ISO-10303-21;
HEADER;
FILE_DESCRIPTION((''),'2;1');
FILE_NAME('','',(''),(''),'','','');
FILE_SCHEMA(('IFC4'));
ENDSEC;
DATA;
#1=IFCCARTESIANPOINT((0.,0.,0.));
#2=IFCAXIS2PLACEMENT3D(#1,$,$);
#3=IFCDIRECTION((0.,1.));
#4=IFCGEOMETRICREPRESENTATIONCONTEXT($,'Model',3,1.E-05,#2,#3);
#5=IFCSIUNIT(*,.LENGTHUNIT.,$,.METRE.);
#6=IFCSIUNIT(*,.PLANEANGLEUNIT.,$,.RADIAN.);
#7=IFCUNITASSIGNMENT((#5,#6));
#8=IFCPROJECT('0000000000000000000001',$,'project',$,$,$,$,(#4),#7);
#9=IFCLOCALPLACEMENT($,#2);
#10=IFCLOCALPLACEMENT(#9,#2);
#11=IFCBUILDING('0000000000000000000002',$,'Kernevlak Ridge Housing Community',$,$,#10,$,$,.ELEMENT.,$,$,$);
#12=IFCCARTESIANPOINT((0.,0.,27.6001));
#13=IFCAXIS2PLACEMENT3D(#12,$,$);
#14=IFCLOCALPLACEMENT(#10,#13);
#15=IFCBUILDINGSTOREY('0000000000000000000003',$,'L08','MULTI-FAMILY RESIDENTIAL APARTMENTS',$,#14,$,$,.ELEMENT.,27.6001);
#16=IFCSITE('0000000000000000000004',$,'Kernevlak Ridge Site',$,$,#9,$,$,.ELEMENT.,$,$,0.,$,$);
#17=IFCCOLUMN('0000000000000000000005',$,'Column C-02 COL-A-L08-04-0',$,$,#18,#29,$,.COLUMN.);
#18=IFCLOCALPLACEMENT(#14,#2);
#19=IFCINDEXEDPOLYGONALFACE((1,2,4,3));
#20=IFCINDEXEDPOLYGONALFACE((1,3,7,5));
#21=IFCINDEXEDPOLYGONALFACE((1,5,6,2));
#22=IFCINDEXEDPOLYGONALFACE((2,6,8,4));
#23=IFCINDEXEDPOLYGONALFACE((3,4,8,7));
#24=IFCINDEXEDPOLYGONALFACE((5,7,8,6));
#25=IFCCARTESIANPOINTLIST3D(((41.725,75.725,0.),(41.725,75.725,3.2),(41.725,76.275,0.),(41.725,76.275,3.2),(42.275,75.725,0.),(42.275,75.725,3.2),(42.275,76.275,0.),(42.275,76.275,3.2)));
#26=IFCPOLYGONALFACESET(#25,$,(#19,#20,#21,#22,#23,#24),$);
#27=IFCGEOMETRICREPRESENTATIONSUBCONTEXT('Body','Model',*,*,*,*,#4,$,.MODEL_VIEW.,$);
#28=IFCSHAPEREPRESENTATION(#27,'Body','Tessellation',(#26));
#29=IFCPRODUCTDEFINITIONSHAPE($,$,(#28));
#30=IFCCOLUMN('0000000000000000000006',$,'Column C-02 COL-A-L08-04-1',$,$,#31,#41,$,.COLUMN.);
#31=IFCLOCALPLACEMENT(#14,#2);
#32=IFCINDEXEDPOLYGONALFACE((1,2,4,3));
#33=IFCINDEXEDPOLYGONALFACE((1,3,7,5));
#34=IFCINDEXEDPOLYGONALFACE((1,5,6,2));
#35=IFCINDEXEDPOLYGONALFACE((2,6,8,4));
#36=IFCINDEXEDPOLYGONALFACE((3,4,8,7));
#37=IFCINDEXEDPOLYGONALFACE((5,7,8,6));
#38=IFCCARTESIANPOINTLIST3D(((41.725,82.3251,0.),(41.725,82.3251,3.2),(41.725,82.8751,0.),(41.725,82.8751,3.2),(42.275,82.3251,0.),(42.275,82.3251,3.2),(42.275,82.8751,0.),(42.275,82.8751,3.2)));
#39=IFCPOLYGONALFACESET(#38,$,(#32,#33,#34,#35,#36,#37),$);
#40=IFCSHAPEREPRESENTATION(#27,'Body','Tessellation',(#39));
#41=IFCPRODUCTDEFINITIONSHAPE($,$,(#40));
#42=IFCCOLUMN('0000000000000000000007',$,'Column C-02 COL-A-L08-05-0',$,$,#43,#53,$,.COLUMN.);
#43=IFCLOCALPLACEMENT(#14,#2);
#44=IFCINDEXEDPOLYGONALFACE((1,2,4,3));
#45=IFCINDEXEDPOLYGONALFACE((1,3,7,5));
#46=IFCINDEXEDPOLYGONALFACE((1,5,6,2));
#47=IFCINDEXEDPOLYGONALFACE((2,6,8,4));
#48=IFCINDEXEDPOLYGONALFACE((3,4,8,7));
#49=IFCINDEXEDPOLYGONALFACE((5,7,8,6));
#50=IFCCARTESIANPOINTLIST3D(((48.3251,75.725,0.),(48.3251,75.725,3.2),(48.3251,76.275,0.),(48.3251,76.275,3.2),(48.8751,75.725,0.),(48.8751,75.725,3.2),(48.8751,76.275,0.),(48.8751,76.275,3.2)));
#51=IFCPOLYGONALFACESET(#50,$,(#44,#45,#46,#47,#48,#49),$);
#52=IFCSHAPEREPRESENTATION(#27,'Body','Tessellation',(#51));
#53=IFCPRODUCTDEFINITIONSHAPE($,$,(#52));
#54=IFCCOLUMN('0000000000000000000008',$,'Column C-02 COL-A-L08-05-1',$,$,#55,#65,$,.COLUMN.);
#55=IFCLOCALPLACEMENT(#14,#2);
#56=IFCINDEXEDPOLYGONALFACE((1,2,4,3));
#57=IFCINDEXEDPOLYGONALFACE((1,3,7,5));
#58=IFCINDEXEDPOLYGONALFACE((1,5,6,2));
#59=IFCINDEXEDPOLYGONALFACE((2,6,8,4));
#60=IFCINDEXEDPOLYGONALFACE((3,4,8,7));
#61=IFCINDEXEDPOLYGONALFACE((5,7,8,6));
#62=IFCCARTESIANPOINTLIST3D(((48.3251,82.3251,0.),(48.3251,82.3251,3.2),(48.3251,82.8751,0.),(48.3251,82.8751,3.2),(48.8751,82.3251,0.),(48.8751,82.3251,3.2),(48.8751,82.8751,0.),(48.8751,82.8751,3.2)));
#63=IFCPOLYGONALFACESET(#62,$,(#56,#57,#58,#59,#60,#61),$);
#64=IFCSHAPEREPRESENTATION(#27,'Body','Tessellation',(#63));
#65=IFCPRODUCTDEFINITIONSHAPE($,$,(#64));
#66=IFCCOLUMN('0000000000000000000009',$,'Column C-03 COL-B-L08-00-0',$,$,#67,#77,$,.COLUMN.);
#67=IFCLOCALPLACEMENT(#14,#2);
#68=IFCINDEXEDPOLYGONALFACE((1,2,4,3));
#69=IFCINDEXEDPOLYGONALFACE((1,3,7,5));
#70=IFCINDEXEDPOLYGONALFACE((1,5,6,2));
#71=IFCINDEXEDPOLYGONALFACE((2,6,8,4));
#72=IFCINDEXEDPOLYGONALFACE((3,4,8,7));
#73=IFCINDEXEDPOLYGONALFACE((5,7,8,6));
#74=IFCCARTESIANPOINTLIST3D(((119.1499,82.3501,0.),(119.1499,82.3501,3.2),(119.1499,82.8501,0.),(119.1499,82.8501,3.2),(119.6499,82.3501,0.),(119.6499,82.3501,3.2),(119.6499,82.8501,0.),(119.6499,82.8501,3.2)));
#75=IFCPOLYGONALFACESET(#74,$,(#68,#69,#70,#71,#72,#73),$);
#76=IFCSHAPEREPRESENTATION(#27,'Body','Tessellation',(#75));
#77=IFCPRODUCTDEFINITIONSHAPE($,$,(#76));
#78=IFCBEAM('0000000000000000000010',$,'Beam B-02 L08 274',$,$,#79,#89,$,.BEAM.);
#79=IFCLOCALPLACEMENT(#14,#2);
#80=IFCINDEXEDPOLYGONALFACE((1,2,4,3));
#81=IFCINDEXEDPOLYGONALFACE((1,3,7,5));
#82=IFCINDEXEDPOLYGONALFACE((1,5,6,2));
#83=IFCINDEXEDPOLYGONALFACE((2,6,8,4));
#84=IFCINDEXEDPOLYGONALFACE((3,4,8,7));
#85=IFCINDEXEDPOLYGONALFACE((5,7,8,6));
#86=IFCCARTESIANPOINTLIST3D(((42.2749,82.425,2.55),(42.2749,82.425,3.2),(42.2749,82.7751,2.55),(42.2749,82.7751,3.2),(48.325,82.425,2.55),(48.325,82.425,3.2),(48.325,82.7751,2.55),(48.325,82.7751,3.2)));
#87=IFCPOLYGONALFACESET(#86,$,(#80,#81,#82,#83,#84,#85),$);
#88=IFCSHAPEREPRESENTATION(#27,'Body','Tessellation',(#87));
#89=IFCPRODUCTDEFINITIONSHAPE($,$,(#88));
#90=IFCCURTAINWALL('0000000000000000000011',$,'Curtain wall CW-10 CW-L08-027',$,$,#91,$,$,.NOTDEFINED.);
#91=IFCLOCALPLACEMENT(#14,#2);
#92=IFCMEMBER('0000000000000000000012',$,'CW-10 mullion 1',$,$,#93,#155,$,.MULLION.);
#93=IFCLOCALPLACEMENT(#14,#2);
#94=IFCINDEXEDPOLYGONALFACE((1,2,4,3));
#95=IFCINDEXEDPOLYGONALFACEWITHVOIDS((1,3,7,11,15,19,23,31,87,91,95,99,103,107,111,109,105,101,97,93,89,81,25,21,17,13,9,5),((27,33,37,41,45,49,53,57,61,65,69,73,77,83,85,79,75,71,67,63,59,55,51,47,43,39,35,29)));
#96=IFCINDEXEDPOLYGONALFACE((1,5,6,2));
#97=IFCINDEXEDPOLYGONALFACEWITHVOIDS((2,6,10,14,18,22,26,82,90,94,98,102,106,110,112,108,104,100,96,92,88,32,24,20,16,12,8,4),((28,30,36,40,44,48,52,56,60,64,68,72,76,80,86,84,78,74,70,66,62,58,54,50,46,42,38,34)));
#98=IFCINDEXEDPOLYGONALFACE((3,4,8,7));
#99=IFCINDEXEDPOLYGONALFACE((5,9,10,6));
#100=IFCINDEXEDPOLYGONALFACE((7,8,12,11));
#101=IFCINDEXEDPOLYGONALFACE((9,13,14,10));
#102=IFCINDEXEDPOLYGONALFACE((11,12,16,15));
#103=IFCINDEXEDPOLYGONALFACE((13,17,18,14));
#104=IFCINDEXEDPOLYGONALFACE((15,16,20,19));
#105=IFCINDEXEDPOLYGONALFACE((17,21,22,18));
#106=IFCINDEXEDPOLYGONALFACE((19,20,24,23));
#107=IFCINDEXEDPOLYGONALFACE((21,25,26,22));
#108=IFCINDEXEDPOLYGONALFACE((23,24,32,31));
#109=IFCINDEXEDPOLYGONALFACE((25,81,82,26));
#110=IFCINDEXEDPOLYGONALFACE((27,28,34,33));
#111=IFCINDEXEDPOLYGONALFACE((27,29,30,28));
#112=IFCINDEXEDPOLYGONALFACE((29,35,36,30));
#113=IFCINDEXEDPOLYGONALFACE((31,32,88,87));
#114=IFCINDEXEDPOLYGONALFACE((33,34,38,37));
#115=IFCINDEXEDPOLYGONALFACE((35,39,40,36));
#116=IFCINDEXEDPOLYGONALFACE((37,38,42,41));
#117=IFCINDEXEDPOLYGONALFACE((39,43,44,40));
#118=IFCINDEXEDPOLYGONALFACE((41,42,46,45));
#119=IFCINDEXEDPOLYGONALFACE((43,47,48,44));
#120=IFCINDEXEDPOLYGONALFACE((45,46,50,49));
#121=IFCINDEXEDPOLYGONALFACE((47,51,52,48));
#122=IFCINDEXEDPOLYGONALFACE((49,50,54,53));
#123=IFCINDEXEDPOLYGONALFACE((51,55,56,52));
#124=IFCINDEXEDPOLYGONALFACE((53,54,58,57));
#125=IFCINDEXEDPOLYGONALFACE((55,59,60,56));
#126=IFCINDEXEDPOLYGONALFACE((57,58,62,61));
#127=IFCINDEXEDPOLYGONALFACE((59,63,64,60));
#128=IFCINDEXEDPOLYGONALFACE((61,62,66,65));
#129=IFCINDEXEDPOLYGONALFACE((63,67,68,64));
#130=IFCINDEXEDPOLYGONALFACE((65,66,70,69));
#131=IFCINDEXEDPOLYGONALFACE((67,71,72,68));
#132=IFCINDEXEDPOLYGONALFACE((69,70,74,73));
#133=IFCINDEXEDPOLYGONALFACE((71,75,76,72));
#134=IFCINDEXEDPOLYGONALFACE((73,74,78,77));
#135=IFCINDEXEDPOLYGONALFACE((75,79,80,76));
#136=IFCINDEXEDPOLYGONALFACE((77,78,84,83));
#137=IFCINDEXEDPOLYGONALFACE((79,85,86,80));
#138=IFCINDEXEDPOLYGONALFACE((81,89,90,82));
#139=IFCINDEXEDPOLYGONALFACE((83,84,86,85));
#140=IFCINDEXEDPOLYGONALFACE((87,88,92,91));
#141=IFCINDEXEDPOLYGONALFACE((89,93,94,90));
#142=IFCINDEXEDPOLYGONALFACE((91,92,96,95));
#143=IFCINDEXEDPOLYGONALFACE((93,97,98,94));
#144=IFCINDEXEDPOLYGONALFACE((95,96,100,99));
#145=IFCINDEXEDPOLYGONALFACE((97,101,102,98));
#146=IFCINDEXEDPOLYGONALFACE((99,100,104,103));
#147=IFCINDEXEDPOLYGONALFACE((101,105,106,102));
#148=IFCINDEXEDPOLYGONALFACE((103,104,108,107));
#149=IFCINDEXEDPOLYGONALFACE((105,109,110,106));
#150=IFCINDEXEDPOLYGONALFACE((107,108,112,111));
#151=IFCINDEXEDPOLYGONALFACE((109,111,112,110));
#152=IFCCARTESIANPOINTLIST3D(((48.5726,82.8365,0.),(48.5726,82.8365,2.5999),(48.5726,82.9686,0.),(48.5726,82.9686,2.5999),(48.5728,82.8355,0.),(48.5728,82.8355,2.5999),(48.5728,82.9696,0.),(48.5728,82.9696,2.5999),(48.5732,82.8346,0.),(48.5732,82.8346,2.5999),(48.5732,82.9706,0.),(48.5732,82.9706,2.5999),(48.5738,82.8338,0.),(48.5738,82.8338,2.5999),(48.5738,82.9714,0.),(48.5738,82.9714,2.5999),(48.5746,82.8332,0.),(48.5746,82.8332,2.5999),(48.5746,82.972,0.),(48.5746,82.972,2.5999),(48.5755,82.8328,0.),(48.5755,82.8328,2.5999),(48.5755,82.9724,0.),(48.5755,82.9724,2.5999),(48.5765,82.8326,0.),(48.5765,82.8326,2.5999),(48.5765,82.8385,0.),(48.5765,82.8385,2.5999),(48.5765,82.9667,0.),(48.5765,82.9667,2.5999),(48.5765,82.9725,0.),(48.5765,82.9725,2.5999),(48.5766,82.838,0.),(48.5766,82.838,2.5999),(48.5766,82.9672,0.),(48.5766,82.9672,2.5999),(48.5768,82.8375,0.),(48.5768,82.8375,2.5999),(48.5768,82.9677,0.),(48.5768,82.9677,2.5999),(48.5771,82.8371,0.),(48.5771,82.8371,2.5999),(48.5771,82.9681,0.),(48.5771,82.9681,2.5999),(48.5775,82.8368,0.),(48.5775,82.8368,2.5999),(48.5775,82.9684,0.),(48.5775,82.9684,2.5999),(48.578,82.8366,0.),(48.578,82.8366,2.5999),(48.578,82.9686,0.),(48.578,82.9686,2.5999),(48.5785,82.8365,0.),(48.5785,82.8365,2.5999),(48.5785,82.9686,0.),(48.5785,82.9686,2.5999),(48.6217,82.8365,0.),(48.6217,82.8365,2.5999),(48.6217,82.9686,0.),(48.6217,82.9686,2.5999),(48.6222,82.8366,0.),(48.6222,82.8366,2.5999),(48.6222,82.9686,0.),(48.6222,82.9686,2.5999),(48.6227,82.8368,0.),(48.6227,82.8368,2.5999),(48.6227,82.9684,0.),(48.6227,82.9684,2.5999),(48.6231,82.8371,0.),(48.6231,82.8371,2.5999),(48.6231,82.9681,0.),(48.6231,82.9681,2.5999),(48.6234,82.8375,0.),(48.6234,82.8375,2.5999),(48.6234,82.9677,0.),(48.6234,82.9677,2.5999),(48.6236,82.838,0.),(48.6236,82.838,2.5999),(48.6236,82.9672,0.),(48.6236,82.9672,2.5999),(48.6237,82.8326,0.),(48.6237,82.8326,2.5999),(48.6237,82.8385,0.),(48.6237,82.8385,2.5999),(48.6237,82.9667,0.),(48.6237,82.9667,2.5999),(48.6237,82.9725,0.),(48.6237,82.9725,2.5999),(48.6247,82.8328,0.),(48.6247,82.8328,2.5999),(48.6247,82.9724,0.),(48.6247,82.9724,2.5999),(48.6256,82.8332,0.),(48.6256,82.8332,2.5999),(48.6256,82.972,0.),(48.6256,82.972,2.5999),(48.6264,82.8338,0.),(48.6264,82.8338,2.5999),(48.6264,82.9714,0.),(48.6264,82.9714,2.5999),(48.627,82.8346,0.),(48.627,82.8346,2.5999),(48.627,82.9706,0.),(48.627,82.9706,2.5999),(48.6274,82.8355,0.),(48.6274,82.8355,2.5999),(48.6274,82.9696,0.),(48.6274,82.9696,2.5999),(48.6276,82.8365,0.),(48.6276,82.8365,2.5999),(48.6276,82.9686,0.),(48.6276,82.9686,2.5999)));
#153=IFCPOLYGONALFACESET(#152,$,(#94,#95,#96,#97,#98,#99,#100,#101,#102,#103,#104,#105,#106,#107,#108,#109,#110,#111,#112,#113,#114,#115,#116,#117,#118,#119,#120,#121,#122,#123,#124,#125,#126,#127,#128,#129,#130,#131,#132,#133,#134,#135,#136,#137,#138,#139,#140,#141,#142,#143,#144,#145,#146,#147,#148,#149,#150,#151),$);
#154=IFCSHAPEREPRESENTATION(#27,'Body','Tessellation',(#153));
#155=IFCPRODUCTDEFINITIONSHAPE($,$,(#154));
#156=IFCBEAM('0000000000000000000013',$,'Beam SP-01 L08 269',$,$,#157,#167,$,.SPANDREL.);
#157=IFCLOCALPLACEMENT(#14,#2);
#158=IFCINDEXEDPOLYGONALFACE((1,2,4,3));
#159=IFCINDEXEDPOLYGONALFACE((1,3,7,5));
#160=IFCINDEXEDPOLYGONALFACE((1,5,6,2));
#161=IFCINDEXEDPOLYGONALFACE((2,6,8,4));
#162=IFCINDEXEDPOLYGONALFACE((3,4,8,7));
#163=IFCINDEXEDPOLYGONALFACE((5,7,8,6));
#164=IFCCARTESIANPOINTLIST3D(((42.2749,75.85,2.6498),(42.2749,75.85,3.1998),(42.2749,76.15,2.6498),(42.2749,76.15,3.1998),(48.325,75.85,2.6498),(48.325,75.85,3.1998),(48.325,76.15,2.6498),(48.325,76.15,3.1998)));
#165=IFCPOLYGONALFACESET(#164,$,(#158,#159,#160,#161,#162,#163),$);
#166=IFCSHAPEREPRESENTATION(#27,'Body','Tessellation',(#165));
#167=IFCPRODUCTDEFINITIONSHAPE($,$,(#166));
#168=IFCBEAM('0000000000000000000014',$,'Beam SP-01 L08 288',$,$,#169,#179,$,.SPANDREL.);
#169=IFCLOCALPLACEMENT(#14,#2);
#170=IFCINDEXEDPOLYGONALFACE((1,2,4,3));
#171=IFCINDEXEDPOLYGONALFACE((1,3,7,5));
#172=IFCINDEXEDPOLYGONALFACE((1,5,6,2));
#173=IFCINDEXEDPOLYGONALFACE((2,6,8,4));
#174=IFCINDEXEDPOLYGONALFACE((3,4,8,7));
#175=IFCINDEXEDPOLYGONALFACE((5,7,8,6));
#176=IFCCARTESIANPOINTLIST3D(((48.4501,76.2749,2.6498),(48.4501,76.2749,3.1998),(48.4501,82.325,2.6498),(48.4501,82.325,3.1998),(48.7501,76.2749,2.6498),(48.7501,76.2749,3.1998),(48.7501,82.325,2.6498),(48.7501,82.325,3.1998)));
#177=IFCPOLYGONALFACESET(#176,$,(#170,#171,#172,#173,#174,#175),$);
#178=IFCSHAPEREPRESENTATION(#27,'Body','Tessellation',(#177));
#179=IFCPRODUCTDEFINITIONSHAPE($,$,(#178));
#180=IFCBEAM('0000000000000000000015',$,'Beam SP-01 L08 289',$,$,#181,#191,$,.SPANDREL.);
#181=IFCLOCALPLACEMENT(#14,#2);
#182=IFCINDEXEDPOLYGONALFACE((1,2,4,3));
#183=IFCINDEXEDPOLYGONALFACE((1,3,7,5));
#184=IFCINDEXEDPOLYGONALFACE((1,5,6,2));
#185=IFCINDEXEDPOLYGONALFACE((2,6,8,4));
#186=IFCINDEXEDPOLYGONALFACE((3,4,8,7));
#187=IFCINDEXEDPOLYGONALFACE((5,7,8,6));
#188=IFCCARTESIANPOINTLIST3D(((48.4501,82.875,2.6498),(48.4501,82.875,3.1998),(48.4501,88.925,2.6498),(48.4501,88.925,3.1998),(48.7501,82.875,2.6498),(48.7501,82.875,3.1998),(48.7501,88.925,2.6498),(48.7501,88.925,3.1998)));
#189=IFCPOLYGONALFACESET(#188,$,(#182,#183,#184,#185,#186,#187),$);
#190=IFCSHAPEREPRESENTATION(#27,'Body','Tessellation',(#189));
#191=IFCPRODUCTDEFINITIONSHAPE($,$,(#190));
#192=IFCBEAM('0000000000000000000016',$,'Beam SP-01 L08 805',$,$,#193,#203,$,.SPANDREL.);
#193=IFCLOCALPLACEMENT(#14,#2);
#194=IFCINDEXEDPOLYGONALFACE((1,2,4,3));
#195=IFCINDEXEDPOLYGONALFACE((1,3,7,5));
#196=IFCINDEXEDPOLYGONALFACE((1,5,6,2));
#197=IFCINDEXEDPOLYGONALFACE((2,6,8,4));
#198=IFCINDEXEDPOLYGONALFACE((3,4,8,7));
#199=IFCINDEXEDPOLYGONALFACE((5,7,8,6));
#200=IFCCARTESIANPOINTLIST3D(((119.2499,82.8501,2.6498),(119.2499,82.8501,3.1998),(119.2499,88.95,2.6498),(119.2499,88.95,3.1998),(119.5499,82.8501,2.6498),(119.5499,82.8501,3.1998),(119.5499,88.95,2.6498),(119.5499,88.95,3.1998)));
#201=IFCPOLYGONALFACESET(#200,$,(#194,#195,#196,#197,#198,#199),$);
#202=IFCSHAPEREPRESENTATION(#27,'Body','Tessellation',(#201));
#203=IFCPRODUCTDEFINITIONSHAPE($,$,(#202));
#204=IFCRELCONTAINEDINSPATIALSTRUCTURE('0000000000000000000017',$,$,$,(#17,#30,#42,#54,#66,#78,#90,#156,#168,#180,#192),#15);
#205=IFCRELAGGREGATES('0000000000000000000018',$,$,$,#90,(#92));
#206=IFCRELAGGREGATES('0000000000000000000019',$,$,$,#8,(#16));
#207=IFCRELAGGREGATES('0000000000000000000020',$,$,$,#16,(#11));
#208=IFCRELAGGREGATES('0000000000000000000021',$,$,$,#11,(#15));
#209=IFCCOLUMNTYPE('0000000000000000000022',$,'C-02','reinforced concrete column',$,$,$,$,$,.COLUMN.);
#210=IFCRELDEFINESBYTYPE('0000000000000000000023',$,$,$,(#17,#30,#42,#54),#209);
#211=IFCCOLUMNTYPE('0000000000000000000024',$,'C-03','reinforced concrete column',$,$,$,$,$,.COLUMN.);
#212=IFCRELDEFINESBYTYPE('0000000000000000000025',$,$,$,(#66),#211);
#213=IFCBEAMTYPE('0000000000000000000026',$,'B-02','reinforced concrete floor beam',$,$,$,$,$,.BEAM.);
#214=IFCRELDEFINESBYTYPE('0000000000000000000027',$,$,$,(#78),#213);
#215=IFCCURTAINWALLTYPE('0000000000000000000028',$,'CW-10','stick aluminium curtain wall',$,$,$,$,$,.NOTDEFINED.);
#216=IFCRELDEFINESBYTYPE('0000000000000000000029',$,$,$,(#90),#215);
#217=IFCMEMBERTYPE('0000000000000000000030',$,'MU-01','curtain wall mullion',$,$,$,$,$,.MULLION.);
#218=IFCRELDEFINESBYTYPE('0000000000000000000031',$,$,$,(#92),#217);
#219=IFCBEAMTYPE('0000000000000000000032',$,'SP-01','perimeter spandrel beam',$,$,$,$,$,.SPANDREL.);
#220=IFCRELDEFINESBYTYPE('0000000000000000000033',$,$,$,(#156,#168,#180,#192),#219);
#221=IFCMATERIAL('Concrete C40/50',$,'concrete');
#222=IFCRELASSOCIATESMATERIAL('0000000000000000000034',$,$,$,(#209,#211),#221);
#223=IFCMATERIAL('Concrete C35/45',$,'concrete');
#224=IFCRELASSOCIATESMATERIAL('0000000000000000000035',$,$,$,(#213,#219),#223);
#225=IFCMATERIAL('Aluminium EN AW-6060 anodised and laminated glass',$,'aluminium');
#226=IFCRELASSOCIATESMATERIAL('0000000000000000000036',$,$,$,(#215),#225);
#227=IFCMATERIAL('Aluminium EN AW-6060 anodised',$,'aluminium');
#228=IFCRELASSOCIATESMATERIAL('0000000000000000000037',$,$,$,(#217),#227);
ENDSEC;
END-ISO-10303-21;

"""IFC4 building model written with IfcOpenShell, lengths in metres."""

from ifc_helpers import new_model, si_unit, direction, frame, origin, origin_2d, place, context, subcontext, project, spatial, rectangle, hollow_rectangle, extrude, material, material_profile, profile_set, type_object, element, aggregate, save


model = new_model("IFC4")

# Units and contexts
model_context = context("Model", 3, precision=1e-05, world=origin(), true_north=direction((0.0, 1.0)))
body_context = subcontext(model_context, "Body", "Model", "MODEL_VIEW")
ifc_project = project(units=[si_unit("LENGTHUNIT", "METRE"), si_unit("PLANEANGLEUNIT", "RADIAN")], contexts=[model_context])

# Site, building, storey
site_placement = place(None, origin())
site = spatial("IfcSite", under=ifc_project, at=site_placement, Name="Kernevlak Ridge Site", CompositionType="ELEMENT", RefElevation=0.0)
building_placement = place(site_placement, origin())
building = spatial("IfcBuilding", under=site, at=building_placement, Name="Kernevlak Ridge Housing Community", CompositionType="ELEMENT")
storey_placement = place(building_placement, frame((0.0, 0.0, 27.6001)))
storey = spatial("IfcBuildingStorey", under=building, at=storey_placement, Name="L08", Description="MULTI-FAMILY RESIDENTIAL APARTMENTS", CompositionType="ELEMENT", Elevation=27.6001)

# Columns
ifc_material_1 = material(Name="Concrete C40/50", Category="concrete")
ifc_material_profile_1 = material_profile(ifc_material_1, rectangle(XDim=0.55, YDim=0.55, at=origin_2d()), Name="RC 550x550")
ifc_profile_set_1 = profile_set([ifc_material_profile_1], Name="Concrete C40/50")
column_type_1 = type_object("IfcColumnType", Name="C-02", Description="reinforced concrete column", PredefinedType="COLUMN", material=ifc_profile_set_1)
for number, where, z_axis, x_axis, name in (
    (1, (42.0, 76.0, 0.0), (0.0, 0.0, 1.0), (1.0, 0.0, 0.0), "Column C-02 COL-A-L08-04-0"),
    (2, (42.0, 82.6001, 0.0), (0.0, 0.0, 1.0), (1.0, 0.0, 0.0), "Column C-02 COL-A-L08-04-1"),
    (3, (48.6001, 76.0, 0.0), (0.0, 0.0, 1.0), (1.0, 0.0, 0.0), "Column C-02 COL-A-L08-05-0"),
    (4, (48.6001, 82.6001, 0.0), (0.0, 0.0, 1.0), (1.0, 0.0, 0.0), "Column C-02 COL-A-L08-05-1"),
):
    element("IfcColumn", number, at=place(storey_placement, frame(where, z_axis=z_axis, x_axis=x_axis)), inside=storey, type_object=column_type_1, Name=name, PredefinedType="COLUMN", context=body_context, shape_type="SweptSolid", body=[
        extrude(rectangle(XDim=0.55, YDim=0.55, at=origin_2d()), origin(), (0.0, 0.0, 1.0), 3.2),
    ])
ifc_material_profile_2 = material_profile(ifc_material_1, rectangle(XDim=0.5, YDim=0.5, at=origin_2d()), Name="RC 500x500")
ifc_profile_set_2 = profile_set([ifc_material_profile_2], Name="Concrete C40/50")
column_type_2 = type_object("IfcColumnType", Name="C-03", Description="reinforced concrete column", PredefinedType="COLUMN", material=ifc_profile_set_2)
column_placement = place(storey_placement, frame((119.3999, 82.6001, 0.0), z_axis=(0.0, 0.0, 1.0), x_axis=(1.0, 0.0, 0.0)))
element("IfcColumn", 5, at=column_placement, inside=storey, type_object=column_type_2, Name="Column C-03 COL-B-L08-00-0", PredefinedType="COLUMN", context=body_context, shape_type="SweptSolid", body=[
    extrude(rectangle(XDim=0.5, YDim=0.5, at=origin_2d()), origin(), (0.0, 0.0, 1.0), 3.2),
])

# Beam
ifc_material_2 = material(Name="Concrete C35/45", Category="concrete")
ifc_material_profile_3 = material_profile(ifc_material_2, rectangle(XDim=0.3501, YDim=0.6499, at=origin_2d()), Name="RC 350x650")
ifc_profile_set_3 = profile_set([ifc_material_profile_3], Name="Concrete C35/45")
beam_type_1 = type_object("IfcBeamType", Name="B-02", Description="reinforced concrete floor beam", PredefinedType="BEAM", material=ifc_profile_set_3)
beam_1_placement = place(storey_placement, frame((42.2749, 82.6001, 2.875), z_axis=(1.0, 0.0, 0.0), x_axis=(0.0, 1.0, 0.0)))
element("IfcBeam", 6, at=beam_1_placement, inside=storey, type_object=beam_type_1, Name="Beam B-02 L08 274", PredefinedType="BEAM", context=body_context, shape_type="SweptSolid", body=[
    extrude(rectangle(XDim=0.3501, YDim=0.6499, at=origin_2d()), origin(), (0.0, 0.0, 1.0), 6.05),
])

# Curtain wall, member
ifc_material_3 = material(Name="Aluminium EN AW-6060 anodised and laminated glass", Category="aluminium")
curtain_wall_type = type_object("IfcCurtainWallType", Name="CW-10", Description="stick aluminium curtain wall", PredefinedType="NOTDEFINED", material=ifc_material_3)
curtain_wall_placement = place(storey_placement, origin())
curtain_wall = element("IfcCurtainWall", 7, at=curtain_wall_placement, inside=storey, type_object=curtain_wall_type, Name="Curtain wall CW-10 CW-L08-027", PredefinedType="NOTDEFINED")
ifc_material_4 = material(Name="Aluminium EN AW-6060 anodised", Category="aluminium")
ifc_material_profile_4 = material_profile(ifc_material_4, hollow_rectangle(XDim=0.0549, YDim=0.1399, WallThickness=0.0039, InnerFilletRadius=0.002, OuterFilletRadius=0.0039, at=origin_2d()), Name="ALU 55x140x4")
ifc_profile_set_4 = profile_set([ifc_material_profile_4], Name="Aluminium EN AW-6060 anodised")
member_type_1 = type_object("IfcMemberType", Name="MU-01", Description="curtain wall mullion", PredefinedType="MULLION", material=ifc_profile_set_4)
member_1_placement = place(storey_placement, frame((48.6001, 82.9026, 0.0), z_axis=(0.0, 0.0, 1.0), x_axis=(-1.0, 0.0, 0.0)))
member_1 = element("IfcMember", 8, at=member_1_placement, type_object=member_type_1, Name="CW-10 mullion 1", PredefinedType="MULLION", context=body_context, shape_type="SweptSolid", body=[
    extrude(hollow_rectangle(XDim=0.0549, YDim=0.1399, WallThickness=0.0039, InnerFilletRadius=0.002, OuterFilletRadius=0.0039, at=origin_2d()), origin(), (0.0, 0.0, 1.0), 2.5999),
])

# Beams
ifc_material_profile_5 = material_profile(ifc_material_2, rectangle(XDim=0.3, YDim=0.55, at=origin_2d()), Name="RC 300x550")
ifc_profile_set_5 = profile_set([ifc_material_profile_5], Name="Concrete C35/45")
beam_type_2 = type_object("IfcBeamType", Name="SP-01", Description="perimeter spandrel beam", PredefinedType="SPANDREL", material=ifc_profile_set_5)
for number, where, z_axis, x_axis, name in (
    (9, (42.2749, 76.0, 2.9248), (1.0, 0.0, 0.0), (0.0, 1.0, 0.0), "Beam SP-01 L08 269"),
    (10, (48.6001, 76.2749, 2.9248), (0.0, 1.0, 0.0), (-1.0, 0.0, 0.0), "Beam SP-01 L08 288"),
    (11, (48.6001, 82.875, 2.9248), (0.0, 1.0, 0.0), (-1.0, 0.0, 0.0), "Beam SP-01 L08 289"),
):
    element("IfcBeam", number, at=place(storey_placement, frame(where, z_axis=z_axis, x_axis=x_axis)), inside=storey, type_object=beam_type_2, Name=name, PredefinedType="SPANDREL", context=body_context, shape_type="SweptSolid", body=[
        extrude(rectangle(XDim=0.3, YDim=0.55, at=origin_2d()), origin(), (0.0, 0.0, 1.0), 6.05),
    ])
beam_2_placement = place(storey_placement, frame((119.3999, 82.8501, 2.9248), z_axis=(0.0, 1.0, 0.0), x_axis=(-1.0, 0.0, 0.0)))
element("IfcBeam", 12, at=beam_2_placement, inside=storey, type_object=beam_type_2, Name="Beam SP-01 L08 805", PredefinedType="SPANDREL", context=body_context, shape_type="SweptSolid", body=[
    extrude(rectangle(XDim=0.3, YDim=0.55, at=origin_2d()), origin(), (0.0, 0.0, 1.0), 6.0999),
])

aggregate(curtain_wall, [member_1])

save(model, "model.ifc")
